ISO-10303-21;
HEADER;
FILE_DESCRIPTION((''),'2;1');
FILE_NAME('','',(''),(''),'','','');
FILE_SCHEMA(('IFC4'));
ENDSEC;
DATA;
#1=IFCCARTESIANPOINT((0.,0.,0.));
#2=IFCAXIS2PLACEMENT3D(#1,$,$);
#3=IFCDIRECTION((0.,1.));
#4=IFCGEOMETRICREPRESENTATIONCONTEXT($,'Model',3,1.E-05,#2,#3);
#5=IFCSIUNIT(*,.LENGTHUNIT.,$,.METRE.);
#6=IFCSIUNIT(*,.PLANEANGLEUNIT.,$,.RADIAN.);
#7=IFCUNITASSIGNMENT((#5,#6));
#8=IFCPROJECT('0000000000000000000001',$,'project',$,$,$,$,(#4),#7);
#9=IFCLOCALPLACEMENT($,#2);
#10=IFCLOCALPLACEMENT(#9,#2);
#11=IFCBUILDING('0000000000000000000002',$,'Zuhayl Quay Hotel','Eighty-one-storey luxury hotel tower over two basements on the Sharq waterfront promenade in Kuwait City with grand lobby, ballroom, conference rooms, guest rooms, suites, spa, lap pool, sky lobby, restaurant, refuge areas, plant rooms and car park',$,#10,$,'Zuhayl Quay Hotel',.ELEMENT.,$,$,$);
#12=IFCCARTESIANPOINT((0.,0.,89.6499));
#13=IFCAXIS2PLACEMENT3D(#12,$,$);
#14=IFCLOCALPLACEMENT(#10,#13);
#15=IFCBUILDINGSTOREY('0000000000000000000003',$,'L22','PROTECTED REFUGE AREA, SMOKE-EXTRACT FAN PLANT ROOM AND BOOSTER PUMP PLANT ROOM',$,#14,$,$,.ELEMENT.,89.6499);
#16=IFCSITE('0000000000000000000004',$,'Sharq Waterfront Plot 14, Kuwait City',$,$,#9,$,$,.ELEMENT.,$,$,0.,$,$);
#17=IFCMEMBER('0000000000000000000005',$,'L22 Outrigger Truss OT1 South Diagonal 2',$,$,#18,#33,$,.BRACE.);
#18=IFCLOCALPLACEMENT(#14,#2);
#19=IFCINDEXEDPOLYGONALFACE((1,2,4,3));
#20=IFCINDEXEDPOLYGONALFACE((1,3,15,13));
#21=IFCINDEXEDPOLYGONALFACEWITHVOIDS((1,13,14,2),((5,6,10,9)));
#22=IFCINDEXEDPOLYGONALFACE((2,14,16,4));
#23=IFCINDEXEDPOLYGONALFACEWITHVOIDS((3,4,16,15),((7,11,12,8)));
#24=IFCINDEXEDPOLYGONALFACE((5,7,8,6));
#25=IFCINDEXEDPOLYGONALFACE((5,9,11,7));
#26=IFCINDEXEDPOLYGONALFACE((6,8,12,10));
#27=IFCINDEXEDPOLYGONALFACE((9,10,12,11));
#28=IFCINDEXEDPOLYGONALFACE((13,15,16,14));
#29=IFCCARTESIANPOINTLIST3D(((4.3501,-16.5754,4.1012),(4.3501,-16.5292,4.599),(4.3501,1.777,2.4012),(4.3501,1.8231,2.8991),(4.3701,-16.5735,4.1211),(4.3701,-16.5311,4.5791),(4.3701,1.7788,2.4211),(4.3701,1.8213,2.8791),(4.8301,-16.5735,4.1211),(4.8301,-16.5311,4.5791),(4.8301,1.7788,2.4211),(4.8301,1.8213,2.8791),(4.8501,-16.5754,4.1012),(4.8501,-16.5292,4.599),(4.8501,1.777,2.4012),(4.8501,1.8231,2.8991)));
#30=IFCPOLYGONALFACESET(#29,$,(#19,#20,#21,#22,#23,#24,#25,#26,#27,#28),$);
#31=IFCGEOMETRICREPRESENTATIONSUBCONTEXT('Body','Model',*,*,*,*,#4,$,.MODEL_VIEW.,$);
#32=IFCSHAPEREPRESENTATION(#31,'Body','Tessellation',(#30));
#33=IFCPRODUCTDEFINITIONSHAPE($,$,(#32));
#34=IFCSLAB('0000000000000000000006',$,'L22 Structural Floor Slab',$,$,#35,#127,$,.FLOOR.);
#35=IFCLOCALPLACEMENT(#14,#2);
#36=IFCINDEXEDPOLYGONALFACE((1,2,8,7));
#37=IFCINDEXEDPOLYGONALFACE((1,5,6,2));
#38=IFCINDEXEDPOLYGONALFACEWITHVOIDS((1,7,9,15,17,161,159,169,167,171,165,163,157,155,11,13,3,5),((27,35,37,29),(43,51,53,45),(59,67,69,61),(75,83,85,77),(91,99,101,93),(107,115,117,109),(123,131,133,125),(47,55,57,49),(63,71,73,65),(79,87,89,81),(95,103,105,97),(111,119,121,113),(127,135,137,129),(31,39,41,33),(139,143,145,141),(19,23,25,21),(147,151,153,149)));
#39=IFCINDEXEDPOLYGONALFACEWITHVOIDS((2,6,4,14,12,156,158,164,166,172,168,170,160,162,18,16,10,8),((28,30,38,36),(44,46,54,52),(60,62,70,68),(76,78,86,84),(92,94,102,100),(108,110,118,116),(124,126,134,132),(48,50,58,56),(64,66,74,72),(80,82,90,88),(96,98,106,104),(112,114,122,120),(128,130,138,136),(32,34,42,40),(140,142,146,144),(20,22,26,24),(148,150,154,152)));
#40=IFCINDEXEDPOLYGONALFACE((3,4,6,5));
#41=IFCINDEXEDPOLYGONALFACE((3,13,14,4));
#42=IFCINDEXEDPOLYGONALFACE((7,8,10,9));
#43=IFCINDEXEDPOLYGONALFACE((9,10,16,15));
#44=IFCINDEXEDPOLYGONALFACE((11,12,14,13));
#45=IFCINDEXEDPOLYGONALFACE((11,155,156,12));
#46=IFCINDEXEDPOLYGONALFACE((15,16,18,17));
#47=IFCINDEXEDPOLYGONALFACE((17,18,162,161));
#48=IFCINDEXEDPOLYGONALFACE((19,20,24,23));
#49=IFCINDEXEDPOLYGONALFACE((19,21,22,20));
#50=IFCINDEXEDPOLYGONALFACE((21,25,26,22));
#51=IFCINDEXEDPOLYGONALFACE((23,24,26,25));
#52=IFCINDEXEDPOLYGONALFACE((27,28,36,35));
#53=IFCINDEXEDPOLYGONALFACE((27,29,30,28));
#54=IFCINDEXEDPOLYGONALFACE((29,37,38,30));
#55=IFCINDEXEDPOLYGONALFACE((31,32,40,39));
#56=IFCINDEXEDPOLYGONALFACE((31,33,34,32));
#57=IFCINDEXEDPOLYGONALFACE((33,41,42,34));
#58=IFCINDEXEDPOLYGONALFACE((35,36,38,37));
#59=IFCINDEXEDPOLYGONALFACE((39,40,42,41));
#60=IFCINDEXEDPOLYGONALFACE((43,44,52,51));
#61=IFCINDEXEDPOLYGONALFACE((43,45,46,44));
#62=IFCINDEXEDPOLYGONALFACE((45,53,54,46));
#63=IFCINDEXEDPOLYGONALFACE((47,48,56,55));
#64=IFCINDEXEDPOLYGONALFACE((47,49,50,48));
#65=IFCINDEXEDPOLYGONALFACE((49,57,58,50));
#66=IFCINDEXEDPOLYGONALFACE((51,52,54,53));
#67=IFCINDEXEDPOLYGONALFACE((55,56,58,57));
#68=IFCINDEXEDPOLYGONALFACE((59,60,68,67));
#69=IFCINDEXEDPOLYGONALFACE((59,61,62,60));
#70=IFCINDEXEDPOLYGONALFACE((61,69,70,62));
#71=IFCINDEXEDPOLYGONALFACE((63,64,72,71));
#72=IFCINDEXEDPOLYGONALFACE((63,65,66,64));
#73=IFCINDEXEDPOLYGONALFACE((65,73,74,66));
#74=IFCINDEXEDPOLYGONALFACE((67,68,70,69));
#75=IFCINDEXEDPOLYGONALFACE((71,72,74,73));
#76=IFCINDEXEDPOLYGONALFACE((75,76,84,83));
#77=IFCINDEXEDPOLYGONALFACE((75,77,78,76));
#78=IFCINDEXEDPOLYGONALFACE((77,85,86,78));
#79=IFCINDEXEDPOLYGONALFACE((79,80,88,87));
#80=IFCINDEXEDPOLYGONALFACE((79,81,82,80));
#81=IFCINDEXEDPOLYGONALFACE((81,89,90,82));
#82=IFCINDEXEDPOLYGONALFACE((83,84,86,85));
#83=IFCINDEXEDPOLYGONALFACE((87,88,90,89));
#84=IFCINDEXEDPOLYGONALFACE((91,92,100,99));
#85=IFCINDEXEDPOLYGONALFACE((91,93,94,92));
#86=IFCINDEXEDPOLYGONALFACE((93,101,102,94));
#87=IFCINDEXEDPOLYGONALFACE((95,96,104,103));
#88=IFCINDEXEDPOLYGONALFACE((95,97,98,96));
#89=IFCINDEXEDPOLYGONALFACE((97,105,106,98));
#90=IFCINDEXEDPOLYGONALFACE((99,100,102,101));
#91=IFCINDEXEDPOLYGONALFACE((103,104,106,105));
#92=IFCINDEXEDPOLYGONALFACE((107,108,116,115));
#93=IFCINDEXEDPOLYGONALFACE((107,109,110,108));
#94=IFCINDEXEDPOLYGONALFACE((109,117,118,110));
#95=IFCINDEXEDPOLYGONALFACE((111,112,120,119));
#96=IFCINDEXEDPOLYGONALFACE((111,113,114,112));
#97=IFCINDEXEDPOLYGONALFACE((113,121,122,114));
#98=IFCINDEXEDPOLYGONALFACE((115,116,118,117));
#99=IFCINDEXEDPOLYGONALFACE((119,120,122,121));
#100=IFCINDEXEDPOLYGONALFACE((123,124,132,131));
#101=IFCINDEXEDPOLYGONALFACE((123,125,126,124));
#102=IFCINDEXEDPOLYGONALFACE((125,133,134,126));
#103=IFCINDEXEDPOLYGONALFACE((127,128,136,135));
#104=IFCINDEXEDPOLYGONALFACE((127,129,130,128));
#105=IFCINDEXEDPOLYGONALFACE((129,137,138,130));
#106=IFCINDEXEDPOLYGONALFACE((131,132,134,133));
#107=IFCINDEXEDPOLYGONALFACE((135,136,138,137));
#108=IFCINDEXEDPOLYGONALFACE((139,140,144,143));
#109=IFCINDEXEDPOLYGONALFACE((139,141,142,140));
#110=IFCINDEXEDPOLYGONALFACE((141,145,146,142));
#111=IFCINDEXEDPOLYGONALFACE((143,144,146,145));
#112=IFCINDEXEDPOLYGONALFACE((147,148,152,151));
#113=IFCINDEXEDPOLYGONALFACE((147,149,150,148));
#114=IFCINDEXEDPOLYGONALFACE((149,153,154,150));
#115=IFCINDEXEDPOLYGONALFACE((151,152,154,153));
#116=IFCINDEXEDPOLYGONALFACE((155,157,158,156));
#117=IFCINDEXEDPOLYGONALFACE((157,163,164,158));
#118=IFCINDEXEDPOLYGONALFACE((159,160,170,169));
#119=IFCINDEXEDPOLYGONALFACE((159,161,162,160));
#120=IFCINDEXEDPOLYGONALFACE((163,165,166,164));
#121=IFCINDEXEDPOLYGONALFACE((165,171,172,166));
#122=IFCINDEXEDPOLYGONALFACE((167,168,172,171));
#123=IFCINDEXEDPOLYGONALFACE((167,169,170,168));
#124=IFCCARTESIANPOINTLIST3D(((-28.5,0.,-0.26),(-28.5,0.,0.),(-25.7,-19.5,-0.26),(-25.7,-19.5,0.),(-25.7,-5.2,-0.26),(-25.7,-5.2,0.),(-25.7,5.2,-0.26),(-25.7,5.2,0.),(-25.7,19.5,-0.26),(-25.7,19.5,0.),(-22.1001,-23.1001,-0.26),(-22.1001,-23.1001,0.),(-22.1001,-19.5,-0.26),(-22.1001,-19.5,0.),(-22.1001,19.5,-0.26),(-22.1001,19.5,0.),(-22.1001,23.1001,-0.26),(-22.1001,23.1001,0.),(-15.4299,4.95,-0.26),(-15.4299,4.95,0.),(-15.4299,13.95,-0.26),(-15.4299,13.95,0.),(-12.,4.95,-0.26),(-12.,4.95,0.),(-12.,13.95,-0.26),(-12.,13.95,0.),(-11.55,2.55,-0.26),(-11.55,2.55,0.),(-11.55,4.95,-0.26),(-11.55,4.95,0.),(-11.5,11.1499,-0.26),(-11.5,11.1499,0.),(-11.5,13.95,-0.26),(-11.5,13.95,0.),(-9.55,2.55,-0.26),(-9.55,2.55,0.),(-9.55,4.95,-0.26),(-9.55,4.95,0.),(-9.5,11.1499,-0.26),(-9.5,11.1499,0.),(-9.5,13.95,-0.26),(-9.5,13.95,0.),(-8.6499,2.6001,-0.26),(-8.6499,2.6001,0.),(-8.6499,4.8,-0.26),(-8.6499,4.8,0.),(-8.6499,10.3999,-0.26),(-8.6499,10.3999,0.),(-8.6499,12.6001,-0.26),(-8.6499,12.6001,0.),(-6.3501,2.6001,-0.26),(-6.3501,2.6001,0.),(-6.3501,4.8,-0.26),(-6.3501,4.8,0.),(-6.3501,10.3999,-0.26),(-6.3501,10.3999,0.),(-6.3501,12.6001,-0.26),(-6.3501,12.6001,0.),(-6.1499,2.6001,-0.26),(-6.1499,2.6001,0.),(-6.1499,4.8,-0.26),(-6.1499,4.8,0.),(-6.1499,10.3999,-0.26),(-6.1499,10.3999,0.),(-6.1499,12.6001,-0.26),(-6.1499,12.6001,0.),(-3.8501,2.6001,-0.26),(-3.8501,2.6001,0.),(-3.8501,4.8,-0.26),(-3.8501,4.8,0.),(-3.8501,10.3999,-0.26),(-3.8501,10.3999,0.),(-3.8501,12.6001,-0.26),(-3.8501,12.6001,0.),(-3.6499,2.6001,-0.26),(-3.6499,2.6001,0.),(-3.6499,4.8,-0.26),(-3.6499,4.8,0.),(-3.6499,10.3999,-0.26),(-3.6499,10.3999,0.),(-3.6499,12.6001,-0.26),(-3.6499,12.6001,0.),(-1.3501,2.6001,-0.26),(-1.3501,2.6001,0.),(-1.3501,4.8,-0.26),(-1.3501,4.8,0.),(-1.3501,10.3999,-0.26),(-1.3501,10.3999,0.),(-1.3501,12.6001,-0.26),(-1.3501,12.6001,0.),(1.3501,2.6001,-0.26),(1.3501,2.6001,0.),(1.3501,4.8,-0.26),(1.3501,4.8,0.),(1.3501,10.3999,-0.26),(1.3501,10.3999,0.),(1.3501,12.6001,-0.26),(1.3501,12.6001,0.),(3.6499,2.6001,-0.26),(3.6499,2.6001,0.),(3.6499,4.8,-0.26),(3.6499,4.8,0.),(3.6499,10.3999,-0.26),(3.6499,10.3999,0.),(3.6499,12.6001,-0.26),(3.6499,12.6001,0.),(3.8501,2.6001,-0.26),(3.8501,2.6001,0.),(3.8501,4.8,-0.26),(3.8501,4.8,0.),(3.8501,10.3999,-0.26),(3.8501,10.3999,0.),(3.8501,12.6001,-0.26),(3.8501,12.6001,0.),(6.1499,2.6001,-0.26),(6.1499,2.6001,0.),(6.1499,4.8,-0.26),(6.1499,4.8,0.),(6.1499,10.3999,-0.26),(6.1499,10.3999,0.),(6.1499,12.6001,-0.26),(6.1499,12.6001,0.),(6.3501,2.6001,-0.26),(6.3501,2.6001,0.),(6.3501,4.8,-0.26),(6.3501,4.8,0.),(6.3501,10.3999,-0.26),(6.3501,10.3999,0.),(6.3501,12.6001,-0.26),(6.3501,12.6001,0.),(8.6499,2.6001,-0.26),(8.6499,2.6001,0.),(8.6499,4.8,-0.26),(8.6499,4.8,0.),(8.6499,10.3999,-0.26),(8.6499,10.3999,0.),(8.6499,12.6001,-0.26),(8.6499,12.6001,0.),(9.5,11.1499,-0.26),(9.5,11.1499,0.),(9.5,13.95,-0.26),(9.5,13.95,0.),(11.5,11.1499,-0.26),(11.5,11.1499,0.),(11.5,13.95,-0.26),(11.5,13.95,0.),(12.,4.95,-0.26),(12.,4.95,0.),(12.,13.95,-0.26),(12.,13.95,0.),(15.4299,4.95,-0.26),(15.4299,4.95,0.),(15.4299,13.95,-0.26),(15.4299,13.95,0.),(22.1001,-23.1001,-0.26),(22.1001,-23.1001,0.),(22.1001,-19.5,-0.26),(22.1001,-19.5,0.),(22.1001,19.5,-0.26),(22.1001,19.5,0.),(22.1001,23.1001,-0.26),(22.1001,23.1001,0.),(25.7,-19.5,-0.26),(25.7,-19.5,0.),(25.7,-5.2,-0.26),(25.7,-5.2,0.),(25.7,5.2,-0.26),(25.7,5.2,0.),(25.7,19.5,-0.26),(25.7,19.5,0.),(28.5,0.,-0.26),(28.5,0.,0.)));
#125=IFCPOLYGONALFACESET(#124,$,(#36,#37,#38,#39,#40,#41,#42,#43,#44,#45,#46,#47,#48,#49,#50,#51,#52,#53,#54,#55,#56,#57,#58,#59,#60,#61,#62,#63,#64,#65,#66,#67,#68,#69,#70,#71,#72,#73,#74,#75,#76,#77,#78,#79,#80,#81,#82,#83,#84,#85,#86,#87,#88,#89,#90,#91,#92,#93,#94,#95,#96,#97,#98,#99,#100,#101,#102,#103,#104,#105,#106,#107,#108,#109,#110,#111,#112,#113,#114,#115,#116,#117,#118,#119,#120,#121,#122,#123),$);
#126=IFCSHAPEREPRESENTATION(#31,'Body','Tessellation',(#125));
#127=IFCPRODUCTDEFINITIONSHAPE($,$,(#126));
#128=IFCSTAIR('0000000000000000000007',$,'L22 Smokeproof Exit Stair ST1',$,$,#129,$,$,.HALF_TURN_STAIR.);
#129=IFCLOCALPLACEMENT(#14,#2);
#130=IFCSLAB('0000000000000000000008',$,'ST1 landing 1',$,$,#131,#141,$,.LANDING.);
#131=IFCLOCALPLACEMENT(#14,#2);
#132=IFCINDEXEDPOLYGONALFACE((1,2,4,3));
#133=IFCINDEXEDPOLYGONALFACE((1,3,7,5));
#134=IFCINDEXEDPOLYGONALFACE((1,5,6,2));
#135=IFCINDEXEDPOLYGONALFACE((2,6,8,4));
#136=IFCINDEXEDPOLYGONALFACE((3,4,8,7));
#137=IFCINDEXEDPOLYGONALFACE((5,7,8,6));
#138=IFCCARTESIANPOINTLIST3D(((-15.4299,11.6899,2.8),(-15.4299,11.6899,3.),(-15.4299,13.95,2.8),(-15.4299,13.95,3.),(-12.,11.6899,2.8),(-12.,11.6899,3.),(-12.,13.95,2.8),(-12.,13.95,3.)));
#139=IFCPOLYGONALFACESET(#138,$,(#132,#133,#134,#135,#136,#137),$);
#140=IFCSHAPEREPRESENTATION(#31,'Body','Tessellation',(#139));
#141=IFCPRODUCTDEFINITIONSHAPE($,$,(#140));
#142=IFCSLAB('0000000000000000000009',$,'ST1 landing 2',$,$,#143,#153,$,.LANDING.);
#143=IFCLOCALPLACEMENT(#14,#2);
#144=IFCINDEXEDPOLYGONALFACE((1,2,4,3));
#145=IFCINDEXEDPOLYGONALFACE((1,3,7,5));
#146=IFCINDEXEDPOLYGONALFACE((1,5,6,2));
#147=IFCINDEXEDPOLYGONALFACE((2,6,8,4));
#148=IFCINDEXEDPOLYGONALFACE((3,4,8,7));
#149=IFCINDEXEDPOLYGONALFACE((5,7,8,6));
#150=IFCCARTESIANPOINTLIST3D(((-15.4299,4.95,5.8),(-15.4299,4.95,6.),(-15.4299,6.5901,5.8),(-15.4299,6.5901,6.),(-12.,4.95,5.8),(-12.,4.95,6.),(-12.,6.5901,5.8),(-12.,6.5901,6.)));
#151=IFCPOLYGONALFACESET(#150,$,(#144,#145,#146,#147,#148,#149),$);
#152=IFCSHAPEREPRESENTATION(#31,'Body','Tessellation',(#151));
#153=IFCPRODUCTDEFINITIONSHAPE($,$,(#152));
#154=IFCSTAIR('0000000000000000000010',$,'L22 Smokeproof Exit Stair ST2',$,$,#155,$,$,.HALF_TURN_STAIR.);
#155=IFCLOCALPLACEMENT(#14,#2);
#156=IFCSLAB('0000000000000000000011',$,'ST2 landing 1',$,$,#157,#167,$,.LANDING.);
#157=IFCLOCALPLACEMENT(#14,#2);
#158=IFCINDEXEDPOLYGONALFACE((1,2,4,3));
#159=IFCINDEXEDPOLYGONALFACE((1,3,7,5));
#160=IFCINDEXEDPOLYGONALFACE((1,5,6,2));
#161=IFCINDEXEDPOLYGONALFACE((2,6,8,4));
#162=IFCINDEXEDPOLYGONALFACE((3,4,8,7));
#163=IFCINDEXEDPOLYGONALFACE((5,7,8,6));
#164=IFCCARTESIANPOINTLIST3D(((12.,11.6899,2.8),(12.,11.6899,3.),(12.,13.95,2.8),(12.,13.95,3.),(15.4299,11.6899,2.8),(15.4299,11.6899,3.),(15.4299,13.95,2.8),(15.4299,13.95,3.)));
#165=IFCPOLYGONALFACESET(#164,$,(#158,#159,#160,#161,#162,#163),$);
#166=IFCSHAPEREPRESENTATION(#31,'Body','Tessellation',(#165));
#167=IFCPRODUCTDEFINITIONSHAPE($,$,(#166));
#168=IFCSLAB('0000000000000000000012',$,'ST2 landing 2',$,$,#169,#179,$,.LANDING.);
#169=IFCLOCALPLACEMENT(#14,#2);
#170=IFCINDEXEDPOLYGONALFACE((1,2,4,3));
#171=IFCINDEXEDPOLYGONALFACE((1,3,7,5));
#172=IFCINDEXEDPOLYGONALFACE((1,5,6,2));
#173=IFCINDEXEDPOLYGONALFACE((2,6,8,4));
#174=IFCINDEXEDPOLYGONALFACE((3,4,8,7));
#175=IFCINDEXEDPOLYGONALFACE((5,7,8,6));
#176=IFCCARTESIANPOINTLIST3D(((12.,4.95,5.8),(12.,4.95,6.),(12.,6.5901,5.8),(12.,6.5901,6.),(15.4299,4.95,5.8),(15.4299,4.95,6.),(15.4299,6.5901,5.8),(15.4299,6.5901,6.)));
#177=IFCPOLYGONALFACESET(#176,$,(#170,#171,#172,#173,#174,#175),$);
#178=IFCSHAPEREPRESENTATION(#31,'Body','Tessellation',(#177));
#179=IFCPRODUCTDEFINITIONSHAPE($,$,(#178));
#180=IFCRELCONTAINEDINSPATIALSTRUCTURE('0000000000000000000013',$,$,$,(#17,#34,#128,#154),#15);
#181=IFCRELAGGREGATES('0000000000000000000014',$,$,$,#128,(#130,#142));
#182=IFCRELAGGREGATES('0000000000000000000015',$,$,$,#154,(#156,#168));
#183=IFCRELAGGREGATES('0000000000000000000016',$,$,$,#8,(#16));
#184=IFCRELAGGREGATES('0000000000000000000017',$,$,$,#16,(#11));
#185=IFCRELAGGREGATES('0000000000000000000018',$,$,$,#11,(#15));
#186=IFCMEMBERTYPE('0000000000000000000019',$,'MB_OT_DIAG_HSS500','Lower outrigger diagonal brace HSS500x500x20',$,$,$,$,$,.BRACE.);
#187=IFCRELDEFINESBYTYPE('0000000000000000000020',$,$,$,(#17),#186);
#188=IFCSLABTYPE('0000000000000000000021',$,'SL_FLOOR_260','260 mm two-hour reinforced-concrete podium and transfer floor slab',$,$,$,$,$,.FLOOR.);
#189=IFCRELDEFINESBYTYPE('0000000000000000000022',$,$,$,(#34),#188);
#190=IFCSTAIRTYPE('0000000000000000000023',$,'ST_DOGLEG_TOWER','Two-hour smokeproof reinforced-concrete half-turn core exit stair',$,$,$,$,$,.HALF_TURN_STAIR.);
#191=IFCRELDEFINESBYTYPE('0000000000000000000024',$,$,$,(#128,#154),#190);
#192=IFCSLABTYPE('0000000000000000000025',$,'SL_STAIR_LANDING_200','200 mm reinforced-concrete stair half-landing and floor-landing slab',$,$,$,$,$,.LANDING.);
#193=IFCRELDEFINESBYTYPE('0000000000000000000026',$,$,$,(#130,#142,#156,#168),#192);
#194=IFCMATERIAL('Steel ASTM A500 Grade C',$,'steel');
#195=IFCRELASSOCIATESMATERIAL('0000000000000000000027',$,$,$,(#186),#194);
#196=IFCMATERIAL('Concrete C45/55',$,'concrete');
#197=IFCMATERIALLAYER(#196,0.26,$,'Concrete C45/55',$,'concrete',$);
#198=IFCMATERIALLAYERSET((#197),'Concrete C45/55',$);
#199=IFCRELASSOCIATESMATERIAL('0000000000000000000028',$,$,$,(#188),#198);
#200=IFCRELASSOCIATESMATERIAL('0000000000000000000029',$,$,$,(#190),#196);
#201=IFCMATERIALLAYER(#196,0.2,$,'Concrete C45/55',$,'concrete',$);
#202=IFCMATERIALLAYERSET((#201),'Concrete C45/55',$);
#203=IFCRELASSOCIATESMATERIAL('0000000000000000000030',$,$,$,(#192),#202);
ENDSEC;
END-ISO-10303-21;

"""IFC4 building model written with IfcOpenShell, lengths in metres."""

from ifc_helpers import new_model, si_unit, direction, frame, origin, origin_2d, place, context, subcontext, project, spatial, polyline, hollow_rectangle, outline, extrude, material, layer, layer_set, material_profile, profile_set, type_object, element, aggregate, save


model = new_model("IFC4")

# Units and contexts
model_context = context("Model", 3, precision=1e-05, world=origin(), true_north=direction((0.0, 1.0)))
body_context = subcontext(model_context, "Body", "Model", "MODEL_VIEW")
ifc_project = project(units=[si_unit("LENGTHUNIT", "METRE"), si_unit("PLANEANGLEUNIT", "RADIAN")], contexts=[model_context])

# Site, building, storey
site_placement = place(None, origin())
site = spatial("IfcSite", under=ifc_project, at=site_placement, Name="Sharq Waterfront Plot 14, Kuwait City", CompositionType="ELEMENT", RefElevation=0.0)
building_placement = place(site_placement, origin())
building = spatial("IfcBuilding", under=site, at=building_placement, Name="Zuhayl Quay Hotel", Description="Eighty-one-storey luxury hotel tower over two basements on the Sharq waterfront promenade in Kuwait City with grand lobby, ballroom, conference rooms, guest rooms, suites, spa, lap pool, sky lobby, restaurant, refuge areas, plant rooms and car park", LongName="Zuhayl Quay Hotel", CompositionType="ELEMENT")
storey_placement = place(building_placement, frame((0.0, 0.0, 89.6499)))
storey = spatial("IfcBuildingStorey", under=building, at=storey_placement, Name="L22", Description="PROTECTED REFUGE AREA, SMOKE-EXTRACT FAN PLANT ROOM AND BOOSTER PUMP PLANT ROOM", CompositionType="ELEMENT", Elevation=89.6499)

# Member
ifc_material_1 = material(Name="Steel ASTM A500 Grade C", Category="steel")
ifc_material_profile_1 = material_profile(ifc_material_1, hollow_rectangle(XDim=0.5, YDim=0.5, WallThickness=0.02, at=origin_2d()), Name="HSS500X500X20")
ifc_profile_set_1 = profile_set([ifc_material_profile_1], Name="Steel ASTM A500 Grade C")
member_type_1 = type_object("IfcMemberType", Name="MB_OT_DIAG_HSS500", Description="Lower outrigger diagonal brace HSS500x500x20", PredefinedType="BRACE", material=ifc_profile_set_1)
member_1_placement = place(storey_placement, frame((4.6001, 1.8, 2.6501), z_axis=(0.0, -0.995737, 0.092234), x_axis=(1.0, 0.0, 0.0)))
element("IfcMember", 1, at=member_1_placement, inside=storey, type_object=member_type_1, Name="L22 Outrigger Truss OT1 South Diagonal 2", PredefinedType="BRACE", context=body_context, shape_type="SweptSolid", body=[
    extrude(hollow_rectangle(XDim=0.5, YDim=0.5, WallThickness=0.02, at=origin_2d()), origin(), (0.0, 0.0, 1.0), 18.4309),
])

# Slab
ifc_material_2 = material(Name="Concrete C45/55", Category="concrete")
ifc_layer_1 = layer(ifc_material_2, 0.26, Name="Concrete C45/55", Category="concrete")
ifc_layer_set_1 = layer_set([ifc_layer_1], Name="Concrete C45/55")
slab_type_1 = type_object("IfcSlabType", Name="SL_FLOOR_260", Description="260 mm two-hour reinforced-concrete podium and transfer floor slab", PredefinedType="FLOOR", material=ifc_layer_set_1)
slab_1_placement = place(storey_placement, frame((0.0, 0.0, -0.26)))
element("IfcSlab", 2, at=slab_1_placement, inside=storey, type_object=slab_type_1, Name="L22 Structural Floor Slab", PredefinedType="FLOOR", context=body_context, shape_type="SweptSolid", body=[
    extrude(outline(polyline([(-22.1001, -23.1001), (22.1001, -23.1001), (22.1001, -19.5), (25.7, -19.5), (25.7, -5.2), (28.5, 0.0), (25.7, 5.2), (25.7, 19.5), (22.1001, 19.5), (22.1001, 23.1001), (-22.1001, 23.1001), (-22.1001, 19.5), (-25.7, 19.5), (-25.7, 5.2), (-28.5, 0.0), (-25.7, -5.2), (-25.7, -19.5), (-22.1001, -19.5), (-22.1001, -23.1001)]), holes=[polyline([(-12.0, 4.95), (-12.0, 13.95), (-15.4299, 13.95), (-15.4299, 4.95), (-12.0, 4.95)]), polyline([(15.4299, 4.95), (15.4299, 13.95), (12.0, 13.95), (12.0, 4.95), (15.4299, 4.95)]), polyline([(-11.5, 11.1499), (-9.5, 11.1499), (-9.5, 13.95), (-11.5, 13.95), (-11.5, 11.1499)]), polyline([(9.5, 11.1499), (11.5, 11.1499), (11.5, 13.95), (9.5, 13.95), (9.5, 11.1499)]), polyline([(-8.6499, 2.6001), (-6.3501, 2.6001), (-6.3501, 4.8), (-8.6499, 4.8), (-8.6499, 2.6001)]), polyline([(-6.1499, 2.6001), (-3.8501, 2.6001), (-3.8501, 4.8), (-6.1499, 4.8), (-6.1499, 2.6001)]), polyline([(-8.6499, 10.3999), (-6.3501, 10.3999), (-6.3501, 12.6001), (-8.6499, 12.6001), (-8.6499, 10.3999)]), polyline([(-6.1499, 10.3999), (-3.8501, 10.3999), (-3.8501, 12.6001), (-6.1499, 12.6001), (-6.1499, 10.3999)]), polyline([(-3.6499, 2.6001), (-1.3501, 2.6001), (-1.3501, 4.8), (-3.6499, 4.8), (-3.6499, 2.6001)]), polyline([(1.3501, 2.6001), (3.6499, 2.6001), (3.6499, 4.8), (1.3501, 4.8), (1.3501, 2.6001)]), polyline([(-3.6499, 10.3999), (-1.3501, 10.3999), (-1.3501, 12.6001), (-3.6499, 12.6001), (-3.6499, 10.3999)]), polyline([(1.3501, 10.3999), (3.6499, 10.3999), (3.6499, 12.6001), (1.3501, 12.6001), (1.3501, 10.3999)]), polyline([(3.8501, 2.6001), (6.1499, 2.6001), (6.1499, 4.8), (3.8501, 4.8), (3.8501, 2.6001)]), polyline([(6.3501, 2.6001), (8.6499, 2.6001), (8.6499, 4.8), (6.3501, 4.8), (6.3501, 2.6001)]), polyline([(3.8501, 10.3999), (6.1499, 10.3999), (6.1499, 12.6001), (3.8501, 12.6001), (3.8501, 10.3999)]), polyline([(6.3501, 10.3999), (8.6499, 10.3999), (8.6499, 12.6001), (6.3501, 12.6001), (6.3501, 10.3999)]), polyline([(-11.55, 2.55), (-9.55, 2.55), (-9.55, 4.95), (-11.55, 4.95), (-11.55, 2.55)])]), origin(), (0.0, 0.0, 1.0), 0.26),
])

# Stairs, slabs
stair_type = type_object("IfcStairType", Name="ST_DOGLEG_TOWER", Description="Two-hour smokeproof reinforced-concrete half-turn core exit stair", PredefinedType="HALF_TURN_STAIR", material=ifc_material_2)
stair_1_placement = place(storey_placement, origin())
stair_1 = element("IfcStair", 3, at=stair_1_placement, inside=storey, type_object=stair_type, Name="L22 Smokeproof Exit Stair ST1", PredefinedType="HALF_TURN_STAIR")
ifc_layer_2 = layer(ifc_material_2, 0.2, Name="Concrete C45/55", Category="concrete")
ifc_layer_set_2 = layer_set([ifc_layer_2], Name="Concrete C45/55")
slab_type_2 = type_object("IfcSlabType", Name="SL_STAIR_LANDING_200", Description="200 mm reinforced-concrete stair half-landing and floor-landing slab", PredefinedType="LANDING", material=ifc_layer_set_2)
slab_2_placement = place(storey_placement, frame((0.0, 0.0, 2.8)))
slab_2 = element("IfcSlab", 4, at=slab_2_placement, type_object=slab_type_2, Name="ST1 landing 1", PredefinedType="LANDING", context=body_context, shape_type="SweptSolid", body=[
    extrude(outline(polyline([(-12.0, 11.6899), (-12.0, 13.95), (-15.4299, 13.95), (-15.4299, 11.6899), (-12.0, 11.6899)])), origin(), (0.0, 0.0, 1.0), 0.2),
])
slab_3_placement = place(storey_placement, frame((0.0, 0.0, 5.8)))
slab_3 = element("IfcSlab", 5, at=slab_3_placement, type_object=slab_type_2, Name="ST1 landing 2", PredefinedType="LANDING", context=body_context, shape_type="SweptSolid", body=[
    extrude(outline(polyline([(-12.0, 4.95), (-12.0, 6.5901), (-15.4299, 6.5901), (-15.4299, 4.95), (-12.0, 4.95)])), origin(), (0.0, 0.0, 1.0), 0.2),
])
aggregate(stair_1, [slab_2, slab_3])
stair_2_placement = place(storey_placement, origin())
stair_2 = element("IfcStair", 6, at=stair_2_placement, inside=storey, type_object=stair_type, Name="L22 Smokeproof Exit Stair ST2", PredefinedType="HALF_TURN_STAIR")
slab_4_placement = place(storey_placement, frame((0.0, 0.0, 2.8)))
slab_4 = element("IfcSlab", 7, at=slab_4_placement, type_object=slab_type_2, Name="ST2 landing 1", PredefinedType="LANDING", context=body_context, shape_type="SweptSolid", body=[
    extrude(outline(polyline([(15.4299, 11.6899), (15.4299, 13.95), (12.0, 13.95), (12.0, 11.6899), (15.4299, 11.6899)])), origin(), (0.0, 0.0, 1.0), 0.2),
])
slab_5_placement = place(storey_placement, frame((0.0, 0.0, 5.8)))
slab_5 = element("IfcSlab", 8, at=slab_5_placement, type_object=slab_type_2, Name="ST2 landing 2", PredefinedType="LANDING", context=body_context, shape_type="SweptSolid", body=[
    extrude(outline(polyline([(15.4299, 4.95), (15.4299, 6.5901), (12.0, 6.5901), (12.0, 4.95), (15.4299, 4.95)])), origin(), (0.0, 0.0, 1.0), 0.2),
])
aggregate(stair_2, [slab_4, slab_5])

save(model, "model.ifc")
